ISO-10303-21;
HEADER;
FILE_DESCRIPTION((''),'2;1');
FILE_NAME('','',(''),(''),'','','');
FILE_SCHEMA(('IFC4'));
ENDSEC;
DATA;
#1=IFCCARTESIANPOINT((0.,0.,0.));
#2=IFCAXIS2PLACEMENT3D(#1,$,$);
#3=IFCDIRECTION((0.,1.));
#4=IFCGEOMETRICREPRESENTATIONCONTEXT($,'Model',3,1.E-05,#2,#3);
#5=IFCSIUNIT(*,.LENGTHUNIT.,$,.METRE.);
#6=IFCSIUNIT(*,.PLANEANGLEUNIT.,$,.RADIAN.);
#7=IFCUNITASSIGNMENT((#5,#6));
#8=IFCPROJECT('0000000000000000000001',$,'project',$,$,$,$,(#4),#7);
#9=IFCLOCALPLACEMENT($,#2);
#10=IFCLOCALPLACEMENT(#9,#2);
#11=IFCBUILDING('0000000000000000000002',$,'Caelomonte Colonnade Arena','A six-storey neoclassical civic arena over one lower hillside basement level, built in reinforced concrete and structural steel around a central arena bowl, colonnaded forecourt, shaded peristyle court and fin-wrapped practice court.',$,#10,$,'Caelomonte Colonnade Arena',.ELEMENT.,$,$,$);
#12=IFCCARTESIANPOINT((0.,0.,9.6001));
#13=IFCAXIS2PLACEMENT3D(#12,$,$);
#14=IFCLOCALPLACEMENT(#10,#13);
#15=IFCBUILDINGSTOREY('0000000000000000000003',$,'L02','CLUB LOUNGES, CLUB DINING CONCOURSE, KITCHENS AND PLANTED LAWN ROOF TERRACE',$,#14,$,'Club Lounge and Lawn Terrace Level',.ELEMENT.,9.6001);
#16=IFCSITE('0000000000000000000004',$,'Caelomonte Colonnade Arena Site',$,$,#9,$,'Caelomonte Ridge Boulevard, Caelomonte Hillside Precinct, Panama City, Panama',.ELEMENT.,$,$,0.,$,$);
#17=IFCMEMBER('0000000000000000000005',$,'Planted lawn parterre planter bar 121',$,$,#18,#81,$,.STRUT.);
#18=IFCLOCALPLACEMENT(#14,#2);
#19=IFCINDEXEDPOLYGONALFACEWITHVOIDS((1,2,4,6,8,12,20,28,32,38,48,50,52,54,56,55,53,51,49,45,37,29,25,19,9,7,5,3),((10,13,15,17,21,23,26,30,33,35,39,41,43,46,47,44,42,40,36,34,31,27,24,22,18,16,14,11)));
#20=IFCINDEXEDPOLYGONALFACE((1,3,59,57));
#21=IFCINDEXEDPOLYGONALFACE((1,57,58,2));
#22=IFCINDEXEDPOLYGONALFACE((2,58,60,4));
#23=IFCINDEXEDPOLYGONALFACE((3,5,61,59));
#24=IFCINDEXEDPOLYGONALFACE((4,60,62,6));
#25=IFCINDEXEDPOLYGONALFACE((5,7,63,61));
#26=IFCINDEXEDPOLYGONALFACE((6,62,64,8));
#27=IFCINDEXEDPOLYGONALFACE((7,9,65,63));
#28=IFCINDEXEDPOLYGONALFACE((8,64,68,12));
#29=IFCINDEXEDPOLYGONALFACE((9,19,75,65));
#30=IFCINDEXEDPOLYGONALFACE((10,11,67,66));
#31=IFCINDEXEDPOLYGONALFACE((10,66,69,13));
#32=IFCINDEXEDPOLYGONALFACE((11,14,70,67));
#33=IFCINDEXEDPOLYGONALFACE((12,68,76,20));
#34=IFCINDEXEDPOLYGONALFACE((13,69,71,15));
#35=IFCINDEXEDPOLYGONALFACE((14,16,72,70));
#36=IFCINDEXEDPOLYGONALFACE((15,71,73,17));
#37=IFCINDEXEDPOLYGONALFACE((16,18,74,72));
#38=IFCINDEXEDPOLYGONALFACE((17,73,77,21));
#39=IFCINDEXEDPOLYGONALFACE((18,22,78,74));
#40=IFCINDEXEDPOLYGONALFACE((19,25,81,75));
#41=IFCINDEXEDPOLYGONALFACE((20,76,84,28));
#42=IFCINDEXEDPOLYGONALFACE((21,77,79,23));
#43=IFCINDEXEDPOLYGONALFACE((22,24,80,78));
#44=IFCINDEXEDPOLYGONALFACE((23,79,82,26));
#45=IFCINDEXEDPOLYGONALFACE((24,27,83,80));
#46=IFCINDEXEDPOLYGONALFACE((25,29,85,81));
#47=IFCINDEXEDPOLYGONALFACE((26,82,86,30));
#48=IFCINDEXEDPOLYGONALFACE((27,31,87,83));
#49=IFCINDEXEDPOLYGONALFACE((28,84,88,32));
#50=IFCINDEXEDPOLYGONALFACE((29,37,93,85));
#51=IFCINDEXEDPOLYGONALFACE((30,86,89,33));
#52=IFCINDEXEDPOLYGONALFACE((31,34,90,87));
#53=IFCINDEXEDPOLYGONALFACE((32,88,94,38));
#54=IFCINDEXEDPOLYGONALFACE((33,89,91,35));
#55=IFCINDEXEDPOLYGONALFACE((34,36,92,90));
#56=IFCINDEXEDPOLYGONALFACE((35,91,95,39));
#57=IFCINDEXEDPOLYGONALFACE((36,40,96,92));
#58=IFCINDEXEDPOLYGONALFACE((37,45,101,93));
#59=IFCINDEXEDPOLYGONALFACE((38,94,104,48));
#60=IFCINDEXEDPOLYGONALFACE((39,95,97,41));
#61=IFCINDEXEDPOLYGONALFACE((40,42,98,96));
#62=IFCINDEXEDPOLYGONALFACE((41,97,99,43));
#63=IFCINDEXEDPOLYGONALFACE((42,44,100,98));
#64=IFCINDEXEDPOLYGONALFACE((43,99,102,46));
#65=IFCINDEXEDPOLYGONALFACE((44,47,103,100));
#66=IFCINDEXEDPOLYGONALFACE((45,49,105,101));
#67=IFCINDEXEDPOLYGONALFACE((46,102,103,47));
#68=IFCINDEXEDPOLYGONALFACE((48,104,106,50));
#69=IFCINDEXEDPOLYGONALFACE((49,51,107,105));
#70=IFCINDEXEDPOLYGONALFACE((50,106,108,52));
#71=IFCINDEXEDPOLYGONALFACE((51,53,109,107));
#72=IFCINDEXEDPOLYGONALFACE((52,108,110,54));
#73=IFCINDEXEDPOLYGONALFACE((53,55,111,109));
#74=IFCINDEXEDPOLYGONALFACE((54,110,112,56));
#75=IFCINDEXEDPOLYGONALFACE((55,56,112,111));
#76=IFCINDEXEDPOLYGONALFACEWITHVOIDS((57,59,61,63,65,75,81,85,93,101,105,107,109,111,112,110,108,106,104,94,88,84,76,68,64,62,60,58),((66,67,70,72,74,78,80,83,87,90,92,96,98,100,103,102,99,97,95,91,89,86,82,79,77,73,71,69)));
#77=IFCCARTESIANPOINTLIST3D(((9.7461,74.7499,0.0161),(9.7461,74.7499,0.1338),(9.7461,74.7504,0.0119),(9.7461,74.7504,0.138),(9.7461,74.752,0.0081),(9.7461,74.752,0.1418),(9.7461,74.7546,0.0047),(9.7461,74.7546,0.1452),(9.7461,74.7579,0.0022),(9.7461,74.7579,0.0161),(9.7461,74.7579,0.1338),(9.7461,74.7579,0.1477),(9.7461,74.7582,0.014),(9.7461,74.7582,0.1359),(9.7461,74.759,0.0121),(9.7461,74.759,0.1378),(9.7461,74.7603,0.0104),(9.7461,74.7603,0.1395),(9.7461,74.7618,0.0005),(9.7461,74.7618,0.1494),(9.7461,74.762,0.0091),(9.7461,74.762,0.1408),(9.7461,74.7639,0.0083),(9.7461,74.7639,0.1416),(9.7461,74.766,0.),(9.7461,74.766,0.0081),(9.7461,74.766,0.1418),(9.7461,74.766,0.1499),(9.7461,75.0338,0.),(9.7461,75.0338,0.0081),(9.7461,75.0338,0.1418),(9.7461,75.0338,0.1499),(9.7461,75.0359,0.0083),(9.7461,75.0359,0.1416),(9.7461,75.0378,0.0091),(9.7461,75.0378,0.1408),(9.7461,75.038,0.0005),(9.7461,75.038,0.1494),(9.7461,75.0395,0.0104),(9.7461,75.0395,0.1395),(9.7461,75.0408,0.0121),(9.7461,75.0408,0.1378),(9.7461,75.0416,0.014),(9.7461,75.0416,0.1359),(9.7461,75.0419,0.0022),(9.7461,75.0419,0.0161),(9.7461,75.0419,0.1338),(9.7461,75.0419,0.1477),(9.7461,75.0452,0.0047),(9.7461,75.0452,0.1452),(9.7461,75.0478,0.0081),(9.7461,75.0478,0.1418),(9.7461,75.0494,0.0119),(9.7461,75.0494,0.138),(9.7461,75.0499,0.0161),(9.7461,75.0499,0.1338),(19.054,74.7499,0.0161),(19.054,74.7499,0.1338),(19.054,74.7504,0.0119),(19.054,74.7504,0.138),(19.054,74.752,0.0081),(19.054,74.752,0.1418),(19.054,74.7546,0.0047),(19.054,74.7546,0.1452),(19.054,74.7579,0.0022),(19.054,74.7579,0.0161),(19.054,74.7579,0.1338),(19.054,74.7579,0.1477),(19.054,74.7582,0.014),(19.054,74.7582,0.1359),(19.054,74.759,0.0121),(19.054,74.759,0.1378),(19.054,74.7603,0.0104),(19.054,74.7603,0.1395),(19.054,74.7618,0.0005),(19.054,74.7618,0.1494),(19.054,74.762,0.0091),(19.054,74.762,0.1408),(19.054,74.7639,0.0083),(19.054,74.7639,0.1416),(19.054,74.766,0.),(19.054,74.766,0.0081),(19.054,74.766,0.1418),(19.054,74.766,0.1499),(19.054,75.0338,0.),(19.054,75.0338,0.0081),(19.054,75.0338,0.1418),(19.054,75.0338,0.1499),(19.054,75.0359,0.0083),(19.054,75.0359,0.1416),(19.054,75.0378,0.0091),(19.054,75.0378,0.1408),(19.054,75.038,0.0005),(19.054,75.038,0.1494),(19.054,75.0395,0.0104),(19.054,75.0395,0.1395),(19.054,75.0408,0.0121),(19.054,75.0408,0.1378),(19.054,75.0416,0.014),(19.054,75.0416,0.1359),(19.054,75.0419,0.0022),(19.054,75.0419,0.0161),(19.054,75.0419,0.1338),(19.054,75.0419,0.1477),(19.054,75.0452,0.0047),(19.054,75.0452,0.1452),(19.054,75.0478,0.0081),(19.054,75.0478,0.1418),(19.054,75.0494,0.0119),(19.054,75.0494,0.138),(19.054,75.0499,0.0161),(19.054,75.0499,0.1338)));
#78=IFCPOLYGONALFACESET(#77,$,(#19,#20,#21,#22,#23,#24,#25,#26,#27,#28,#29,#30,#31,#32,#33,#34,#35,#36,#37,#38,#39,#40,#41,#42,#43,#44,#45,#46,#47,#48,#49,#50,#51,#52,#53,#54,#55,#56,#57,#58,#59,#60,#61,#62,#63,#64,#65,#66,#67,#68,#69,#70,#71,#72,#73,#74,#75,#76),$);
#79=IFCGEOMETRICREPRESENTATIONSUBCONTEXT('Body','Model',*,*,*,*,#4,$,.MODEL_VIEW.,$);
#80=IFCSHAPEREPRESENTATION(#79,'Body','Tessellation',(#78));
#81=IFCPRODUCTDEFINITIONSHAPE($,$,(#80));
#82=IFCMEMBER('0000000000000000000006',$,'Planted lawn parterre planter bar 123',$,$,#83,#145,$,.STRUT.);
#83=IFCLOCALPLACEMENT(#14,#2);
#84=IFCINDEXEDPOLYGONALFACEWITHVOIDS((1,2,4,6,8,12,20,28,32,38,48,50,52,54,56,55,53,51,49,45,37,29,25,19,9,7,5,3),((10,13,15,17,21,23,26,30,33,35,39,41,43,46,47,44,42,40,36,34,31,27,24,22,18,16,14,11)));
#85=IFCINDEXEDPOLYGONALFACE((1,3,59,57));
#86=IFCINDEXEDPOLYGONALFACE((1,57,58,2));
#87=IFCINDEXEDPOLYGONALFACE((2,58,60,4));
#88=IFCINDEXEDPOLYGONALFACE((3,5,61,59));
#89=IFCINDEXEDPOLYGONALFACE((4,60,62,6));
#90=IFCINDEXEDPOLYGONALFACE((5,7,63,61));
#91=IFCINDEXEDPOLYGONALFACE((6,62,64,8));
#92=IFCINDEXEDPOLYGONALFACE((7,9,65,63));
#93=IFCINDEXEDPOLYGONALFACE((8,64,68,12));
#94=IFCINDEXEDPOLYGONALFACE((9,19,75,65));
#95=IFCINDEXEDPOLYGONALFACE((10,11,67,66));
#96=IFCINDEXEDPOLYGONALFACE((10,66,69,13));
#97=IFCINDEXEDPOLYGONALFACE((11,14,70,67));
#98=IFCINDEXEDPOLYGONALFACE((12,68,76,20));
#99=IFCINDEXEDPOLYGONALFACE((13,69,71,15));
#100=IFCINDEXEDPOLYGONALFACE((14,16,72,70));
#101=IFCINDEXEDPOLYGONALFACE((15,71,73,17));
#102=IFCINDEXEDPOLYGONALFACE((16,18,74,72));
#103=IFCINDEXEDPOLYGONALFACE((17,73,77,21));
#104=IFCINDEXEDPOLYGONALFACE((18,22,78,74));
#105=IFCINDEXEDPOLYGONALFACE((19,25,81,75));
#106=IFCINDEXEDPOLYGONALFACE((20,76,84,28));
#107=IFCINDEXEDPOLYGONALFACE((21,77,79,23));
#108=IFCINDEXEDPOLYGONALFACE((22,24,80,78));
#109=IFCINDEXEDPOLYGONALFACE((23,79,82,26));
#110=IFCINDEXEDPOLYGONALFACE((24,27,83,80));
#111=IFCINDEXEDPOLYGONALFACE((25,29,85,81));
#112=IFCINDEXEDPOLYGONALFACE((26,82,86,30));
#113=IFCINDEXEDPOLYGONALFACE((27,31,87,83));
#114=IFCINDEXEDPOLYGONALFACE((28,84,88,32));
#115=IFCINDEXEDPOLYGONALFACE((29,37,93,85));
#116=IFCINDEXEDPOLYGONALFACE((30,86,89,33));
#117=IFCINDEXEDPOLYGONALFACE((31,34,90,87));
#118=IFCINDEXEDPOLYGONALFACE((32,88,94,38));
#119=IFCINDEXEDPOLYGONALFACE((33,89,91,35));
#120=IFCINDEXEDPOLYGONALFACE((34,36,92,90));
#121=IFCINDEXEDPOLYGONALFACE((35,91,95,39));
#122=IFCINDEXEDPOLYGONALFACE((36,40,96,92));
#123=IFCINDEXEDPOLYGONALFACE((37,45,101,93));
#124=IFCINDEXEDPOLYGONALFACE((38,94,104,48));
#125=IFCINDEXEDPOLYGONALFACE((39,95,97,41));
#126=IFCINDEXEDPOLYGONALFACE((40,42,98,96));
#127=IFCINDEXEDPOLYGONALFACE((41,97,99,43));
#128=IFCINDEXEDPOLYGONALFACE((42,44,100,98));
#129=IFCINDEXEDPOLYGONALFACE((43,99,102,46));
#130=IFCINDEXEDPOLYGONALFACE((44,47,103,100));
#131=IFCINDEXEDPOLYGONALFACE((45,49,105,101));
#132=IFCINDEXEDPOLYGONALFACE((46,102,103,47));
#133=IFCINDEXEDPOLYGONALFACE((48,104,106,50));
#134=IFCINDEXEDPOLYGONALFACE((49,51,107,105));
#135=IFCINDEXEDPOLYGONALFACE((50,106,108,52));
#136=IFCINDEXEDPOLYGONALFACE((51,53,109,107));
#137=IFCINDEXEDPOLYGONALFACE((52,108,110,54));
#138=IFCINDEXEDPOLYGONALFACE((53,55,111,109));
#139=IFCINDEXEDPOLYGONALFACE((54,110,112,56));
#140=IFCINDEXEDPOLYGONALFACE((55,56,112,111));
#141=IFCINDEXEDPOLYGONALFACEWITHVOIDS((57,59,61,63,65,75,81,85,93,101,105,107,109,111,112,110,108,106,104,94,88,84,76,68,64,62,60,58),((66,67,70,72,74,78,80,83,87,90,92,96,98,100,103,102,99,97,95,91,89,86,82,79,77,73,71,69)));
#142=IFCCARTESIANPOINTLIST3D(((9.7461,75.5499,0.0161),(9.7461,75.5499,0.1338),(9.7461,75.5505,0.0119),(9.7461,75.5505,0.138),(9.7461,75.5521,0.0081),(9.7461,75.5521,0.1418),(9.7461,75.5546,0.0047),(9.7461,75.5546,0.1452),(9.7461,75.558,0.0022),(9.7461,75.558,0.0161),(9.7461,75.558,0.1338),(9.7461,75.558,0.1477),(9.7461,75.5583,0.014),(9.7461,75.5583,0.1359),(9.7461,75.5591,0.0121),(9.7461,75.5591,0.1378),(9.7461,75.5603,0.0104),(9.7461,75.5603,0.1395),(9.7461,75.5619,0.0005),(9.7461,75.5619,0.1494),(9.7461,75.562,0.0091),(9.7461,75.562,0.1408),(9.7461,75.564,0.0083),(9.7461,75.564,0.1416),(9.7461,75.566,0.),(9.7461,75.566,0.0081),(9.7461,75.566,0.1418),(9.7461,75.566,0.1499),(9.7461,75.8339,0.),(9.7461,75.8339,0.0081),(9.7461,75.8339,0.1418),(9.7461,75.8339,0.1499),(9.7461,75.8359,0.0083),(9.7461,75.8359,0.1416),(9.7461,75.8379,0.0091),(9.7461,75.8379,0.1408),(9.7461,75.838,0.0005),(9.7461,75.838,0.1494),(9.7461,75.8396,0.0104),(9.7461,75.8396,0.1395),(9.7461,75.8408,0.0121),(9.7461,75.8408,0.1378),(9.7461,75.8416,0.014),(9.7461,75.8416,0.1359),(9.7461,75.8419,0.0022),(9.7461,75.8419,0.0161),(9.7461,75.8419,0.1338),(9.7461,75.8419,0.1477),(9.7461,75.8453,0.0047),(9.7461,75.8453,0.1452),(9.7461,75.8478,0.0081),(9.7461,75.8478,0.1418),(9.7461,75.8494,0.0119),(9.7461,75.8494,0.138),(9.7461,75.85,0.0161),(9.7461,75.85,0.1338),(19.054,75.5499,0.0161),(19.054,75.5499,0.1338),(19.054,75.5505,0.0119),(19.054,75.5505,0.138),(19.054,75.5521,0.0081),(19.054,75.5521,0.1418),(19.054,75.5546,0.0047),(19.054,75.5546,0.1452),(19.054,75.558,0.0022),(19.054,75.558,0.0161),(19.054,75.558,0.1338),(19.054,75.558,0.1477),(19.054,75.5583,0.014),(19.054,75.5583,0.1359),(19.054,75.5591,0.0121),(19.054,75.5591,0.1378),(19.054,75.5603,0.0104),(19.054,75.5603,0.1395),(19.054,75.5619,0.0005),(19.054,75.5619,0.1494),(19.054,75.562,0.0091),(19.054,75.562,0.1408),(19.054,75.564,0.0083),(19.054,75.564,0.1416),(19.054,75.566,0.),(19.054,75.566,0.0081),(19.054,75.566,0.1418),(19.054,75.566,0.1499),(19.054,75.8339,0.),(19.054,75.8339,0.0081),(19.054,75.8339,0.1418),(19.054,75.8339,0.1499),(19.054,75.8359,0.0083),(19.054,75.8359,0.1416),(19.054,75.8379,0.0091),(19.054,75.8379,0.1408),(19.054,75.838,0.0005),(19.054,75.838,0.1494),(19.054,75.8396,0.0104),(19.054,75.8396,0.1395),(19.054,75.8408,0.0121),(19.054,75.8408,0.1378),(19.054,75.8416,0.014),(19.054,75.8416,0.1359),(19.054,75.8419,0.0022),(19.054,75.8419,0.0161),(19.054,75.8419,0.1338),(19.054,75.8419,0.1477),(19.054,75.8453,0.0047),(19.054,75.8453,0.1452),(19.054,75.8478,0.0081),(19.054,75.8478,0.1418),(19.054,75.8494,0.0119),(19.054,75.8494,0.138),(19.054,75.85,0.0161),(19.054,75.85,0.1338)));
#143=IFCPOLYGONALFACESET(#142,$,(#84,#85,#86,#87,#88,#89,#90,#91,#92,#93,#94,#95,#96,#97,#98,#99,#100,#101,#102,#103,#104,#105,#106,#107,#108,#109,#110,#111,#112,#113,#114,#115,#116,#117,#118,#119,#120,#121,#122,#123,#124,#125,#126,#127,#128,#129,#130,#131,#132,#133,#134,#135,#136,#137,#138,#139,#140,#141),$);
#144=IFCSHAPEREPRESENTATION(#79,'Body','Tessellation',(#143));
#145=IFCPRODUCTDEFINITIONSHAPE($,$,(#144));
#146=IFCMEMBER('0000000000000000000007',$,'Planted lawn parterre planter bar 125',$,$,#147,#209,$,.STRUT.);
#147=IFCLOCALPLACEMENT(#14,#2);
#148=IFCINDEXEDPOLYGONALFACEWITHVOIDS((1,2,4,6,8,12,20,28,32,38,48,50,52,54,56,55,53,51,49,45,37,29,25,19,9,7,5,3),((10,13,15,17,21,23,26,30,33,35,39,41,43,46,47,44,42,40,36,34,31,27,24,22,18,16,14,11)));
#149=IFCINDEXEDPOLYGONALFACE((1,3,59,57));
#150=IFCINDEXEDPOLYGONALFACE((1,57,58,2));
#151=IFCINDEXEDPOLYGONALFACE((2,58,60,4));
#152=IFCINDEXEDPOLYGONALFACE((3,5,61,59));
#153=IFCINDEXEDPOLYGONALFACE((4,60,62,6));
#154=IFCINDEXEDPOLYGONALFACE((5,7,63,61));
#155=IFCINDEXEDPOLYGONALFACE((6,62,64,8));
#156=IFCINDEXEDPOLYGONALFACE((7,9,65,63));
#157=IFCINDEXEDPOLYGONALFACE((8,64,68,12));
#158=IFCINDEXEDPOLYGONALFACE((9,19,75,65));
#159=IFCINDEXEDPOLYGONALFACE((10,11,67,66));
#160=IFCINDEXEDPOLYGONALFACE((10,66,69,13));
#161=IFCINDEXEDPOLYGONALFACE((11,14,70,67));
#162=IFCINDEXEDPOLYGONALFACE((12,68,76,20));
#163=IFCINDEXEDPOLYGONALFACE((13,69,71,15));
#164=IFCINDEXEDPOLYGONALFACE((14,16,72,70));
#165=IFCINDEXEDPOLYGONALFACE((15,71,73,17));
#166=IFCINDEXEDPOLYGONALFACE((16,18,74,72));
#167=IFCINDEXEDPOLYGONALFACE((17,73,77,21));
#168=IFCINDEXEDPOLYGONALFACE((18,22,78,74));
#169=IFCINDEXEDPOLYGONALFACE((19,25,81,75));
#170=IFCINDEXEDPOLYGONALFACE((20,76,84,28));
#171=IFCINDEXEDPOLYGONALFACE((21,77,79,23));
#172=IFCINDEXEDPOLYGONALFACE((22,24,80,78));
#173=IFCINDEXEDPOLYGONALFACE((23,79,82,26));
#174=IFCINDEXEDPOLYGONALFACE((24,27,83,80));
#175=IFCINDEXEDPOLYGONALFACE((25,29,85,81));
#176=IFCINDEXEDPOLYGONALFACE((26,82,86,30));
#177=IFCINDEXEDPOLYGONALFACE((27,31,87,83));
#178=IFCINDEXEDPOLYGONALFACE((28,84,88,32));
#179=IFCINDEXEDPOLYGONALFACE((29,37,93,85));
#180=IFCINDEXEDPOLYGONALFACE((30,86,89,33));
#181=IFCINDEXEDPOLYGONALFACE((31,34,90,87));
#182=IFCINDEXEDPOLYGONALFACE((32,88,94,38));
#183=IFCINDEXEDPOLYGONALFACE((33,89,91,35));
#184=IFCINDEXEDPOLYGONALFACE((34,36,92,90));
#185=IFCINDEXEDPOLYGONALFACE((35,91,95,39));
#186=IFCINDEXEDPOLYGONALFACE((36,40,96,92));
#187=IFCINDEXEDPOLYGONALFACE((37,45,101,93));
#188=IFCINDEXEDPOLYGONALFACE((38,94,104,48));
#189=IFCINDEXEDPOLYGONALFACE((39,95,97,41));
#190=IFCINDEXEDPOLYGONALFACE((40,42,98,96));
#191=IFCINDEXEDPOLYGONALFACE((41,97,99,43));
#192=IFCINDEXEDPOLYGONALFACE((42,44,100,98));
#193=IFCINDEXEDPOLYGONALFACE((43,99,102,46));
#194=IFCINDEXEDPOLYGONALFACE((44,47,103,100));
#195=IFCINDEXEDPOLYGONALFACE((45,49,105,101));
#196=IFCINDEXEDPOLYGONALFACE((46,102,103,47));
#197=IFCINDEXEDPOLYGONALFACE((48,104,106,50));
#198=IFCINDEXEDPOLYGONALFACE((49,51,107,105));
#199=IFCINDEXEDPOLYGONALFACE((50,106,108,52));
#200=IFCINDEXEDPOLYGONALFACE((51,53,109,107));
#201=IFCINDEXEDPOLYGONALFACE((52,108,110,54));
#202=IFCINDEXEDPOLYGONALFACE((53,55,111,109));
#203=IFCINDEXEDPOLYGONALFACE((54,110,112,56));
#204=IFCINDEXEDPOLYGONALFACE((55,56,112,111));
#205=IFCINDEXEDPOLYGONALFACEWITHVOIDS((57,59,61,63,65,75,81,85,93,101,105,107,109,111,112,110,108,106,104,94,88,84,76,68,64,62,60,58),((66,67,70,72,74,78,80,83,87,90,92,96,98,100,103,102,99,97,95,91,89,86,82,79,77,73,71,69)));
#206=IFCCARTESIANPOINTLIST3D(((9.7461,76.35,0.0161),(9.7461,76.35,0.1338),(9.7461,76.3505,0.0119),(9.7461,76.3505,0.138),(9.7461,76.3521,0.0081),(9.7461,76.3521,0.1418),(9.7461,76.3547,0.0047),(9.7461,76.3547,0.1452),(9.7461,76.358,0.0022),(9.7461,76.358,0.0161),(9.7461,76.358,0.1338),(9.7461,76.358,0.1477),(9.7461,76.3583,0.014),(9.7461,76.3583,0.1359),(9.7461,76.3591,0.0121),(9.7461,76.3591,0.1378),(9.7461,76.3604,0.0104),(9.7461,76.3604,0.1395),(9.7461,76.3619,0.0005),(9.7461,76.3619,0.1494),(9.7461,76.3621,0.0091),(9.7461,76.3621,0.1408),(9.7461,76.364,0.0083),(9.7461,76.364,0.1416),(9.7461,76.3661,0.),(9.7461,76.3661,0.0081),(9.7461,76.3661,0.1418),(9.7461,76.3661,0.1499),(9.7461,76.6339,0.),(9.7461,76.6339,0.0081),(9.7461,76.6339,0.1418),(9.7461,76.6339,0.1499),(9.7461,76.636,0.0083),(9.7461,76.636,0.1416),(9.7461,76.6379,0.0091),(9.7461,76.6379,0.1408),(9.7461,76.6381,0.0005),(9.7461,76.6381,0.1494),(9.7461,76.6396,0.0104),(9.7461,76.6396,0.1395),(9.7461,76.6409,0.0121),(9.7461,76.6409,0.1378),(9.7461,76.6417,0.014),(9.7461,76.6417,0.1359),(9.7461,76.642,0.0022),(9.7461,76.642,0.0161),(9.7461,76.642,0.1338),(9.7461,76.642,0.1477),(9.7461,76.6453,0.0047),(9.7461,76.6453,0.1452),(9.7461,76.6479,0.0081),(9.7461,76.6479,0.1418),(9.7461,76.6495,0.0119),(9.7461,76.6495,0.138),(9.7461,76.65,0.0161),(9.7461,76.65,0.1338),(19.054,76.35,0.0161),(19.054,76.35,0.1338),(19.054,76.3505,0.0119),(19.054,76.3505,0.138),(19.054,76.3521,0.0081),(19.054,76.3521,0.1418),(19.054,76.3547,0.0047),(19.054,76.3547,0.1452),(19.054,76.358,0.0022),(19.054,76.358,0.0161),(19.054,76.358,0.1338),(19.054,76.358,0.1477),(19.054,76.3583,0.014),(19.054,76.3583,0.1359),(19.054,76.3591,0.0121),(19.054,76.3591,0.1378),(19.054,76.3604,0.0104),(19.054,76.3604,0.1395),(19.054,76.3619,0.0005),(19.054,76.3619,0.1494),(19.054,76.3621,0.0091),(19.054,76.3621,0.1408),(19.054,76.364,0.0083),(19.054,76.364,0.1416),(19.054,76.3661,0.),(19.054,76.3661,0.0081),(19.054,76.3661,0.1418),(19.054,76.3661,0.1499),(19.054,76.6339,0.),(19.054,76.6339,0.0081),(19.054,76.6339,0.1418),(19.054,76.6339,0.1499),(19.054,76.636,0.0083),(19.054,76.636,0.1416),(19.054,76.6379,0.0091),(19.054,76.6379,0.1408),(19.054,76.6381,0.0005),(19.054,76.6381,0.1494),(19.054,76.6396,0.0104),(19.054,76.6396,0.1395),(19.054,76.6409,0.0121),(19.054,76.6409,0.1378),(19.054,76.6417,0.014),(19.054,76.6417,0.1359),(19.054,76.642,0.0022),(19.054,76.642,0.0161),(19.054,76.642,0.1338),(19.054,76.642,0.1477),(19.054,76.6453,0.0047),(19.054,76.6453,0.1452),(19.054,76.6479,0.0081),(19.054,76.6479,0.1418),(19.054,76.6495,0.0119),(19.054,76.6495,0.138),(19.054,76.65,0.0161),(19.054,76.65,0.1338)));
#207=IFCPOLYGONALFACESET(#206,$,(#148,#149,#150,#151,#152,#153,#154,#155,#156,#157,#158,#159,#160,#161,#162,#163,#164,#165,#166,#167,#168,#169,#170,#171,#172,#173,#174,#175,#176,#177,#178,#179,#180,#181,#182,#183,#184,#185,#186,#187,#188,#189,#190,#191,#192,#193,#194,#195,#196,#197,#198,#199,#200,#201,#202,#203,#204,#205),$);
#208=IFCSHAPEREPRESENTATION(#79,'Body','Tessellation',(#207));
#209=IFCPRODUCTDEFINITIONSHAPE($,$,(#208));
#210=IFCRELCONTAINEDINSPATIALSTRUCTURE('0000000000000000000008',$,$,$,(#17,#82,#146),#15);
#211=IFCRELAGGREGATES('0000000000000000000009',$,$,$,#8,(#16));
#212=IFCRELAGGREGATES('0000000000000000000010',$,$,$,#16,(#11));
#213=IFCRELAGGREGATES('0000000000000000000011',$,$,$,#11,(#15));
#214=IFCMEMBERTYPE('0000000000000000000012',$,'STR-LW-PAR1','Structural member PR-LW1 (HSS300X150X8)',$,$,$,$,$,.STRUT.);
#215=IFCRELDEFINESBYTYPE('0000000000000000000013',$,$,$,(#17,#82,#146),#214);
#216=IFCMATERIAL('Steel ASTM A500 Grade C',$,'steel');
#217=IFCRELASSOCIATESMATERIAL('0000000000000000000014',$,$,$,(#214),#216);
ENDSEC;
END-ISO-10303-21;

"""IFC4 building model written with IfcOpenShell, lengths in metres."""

from ifc_helpers import new_model, si_unit, direction, frame, origin, origin_2d, place, context, subcontext, project, spatial, hollow_rectangle, extrude, material, material_profile, profile_set, type_object, element, save


model = new_model("IFC4")

# Units and contexts
model_context = context("Model", 3, precision=1e-05, world=origin(), true_north=direction((0.0, 1.0)))
body_context = subcontext(model_context, "Body", "Model", "MODEL_VIEW")
ifc_project = project(units=[si_unit("LENGTHUNIT", "METRE"), si_unit("PLANEANGLEUNIT", "RADIAN")], contexts=[model_context])

# Site, building, storey
site_placement = place(None, origin())
site = spatial("IfcSite", under=ifc_project, at=site_placement, Name="Caelomonte Colonnade Arena Site", LongName="Caelomonte Ridge Boulevard, Caelomonte Hillside Precinct, Panama City, Panama", CompositionType="ELEMENT", RefElevation=0.0)
building_placement = place(site_placement, origin())
building = spatial("IfcBuilding", under=site, at=building_placement, Name="Caelomonte Colonnade Arena", Description="A six-storey neoclassical civic arena over one lower hillside basement level, built in reinforced concrete and structural steel around a central arena bowl, colonnaded forecourt, shaded peristyle court and fin-wrapped practice court.", LongName="Caelomonte Colonnade Arena", CompositionType="ELEMENT")
storey_placement = place(building_placement, frame((0.0, 0.0, 9.6001)))
storey = spatial("IfcBuildingStorey", under=building, at=storey_placement, Name="L02", Description="CLUB LOUNGES, CLUB DINING CONCOURSE, KITCHENS AND PLANTED LAWN ROOF TERRACE", LongName="Club Lounge and Lawn Terrace Level", CompositionType="ELEMENT", Elevation=9.6001)

# Members
ifc_material_1 = material(Name="Steel ASTM A500 Grade C", Category="steel")
ifc_material_profile_1 = material_profile(ifc_material_1, hollow_rectangle(XDim=0.3, YDim=0.1499, WallThickness=0.0081, InnerFilletRadius=0.0081, OuterFilletRadius=0.0161, at=origin_2d()), Name="HSS300X150X8")
ifc_profile_set_1 = profile_set([ifc_material_profile_1], Name="Steel ASTM A500 Grade C")
member_type = type_object("IfcMemberType", Name="STR-LW-PAR1", Description="Structural member PR-LW1 (HSS300X150X8)", PredefinedType="STRUT", material=ifc_profile_set_1)
for number, where, z_axis, x_axis, name in (
    (1, (9.7461, 74.8999, 0.075), (1.0, 0.0, 0.0), (0.0, 1.0, 0.0), "Planted lawn parterre planter bar 121"),
    (2, (9.7461, 75.7, 0.075), (1.0, 0.0, 0.0), (0.0, 1.0, 0.0), "Planted lawn parterre planter bar 123"),
    (3, (9.7461, 76.5, 0.075), (1.0, 0.0, 0.0), (0.0, 1.0, 0.0), "Planted lawn parterre planter bar 125"),
):
    element("IfcMember", number, at=place(storey_placement, frame(where, z_axis=z_axis, x_axis=x_axis)), inside=storey, type_object=member_type, Name=name, PredefinedType="STRUT", context=body_context, shape_type="SweptSolid", body=[
        extrude(hollow_rectangle(XDim=0.3, YDim=0.1499, WallThickness=0.0081, InnerFilletRadius=0.0081, OuterFilletRadius=0.0161, at=origin_2d()), origin(), (0.0, 0.0, 1.0), 9.3079),
    ])

save(model, "model.ifc")
